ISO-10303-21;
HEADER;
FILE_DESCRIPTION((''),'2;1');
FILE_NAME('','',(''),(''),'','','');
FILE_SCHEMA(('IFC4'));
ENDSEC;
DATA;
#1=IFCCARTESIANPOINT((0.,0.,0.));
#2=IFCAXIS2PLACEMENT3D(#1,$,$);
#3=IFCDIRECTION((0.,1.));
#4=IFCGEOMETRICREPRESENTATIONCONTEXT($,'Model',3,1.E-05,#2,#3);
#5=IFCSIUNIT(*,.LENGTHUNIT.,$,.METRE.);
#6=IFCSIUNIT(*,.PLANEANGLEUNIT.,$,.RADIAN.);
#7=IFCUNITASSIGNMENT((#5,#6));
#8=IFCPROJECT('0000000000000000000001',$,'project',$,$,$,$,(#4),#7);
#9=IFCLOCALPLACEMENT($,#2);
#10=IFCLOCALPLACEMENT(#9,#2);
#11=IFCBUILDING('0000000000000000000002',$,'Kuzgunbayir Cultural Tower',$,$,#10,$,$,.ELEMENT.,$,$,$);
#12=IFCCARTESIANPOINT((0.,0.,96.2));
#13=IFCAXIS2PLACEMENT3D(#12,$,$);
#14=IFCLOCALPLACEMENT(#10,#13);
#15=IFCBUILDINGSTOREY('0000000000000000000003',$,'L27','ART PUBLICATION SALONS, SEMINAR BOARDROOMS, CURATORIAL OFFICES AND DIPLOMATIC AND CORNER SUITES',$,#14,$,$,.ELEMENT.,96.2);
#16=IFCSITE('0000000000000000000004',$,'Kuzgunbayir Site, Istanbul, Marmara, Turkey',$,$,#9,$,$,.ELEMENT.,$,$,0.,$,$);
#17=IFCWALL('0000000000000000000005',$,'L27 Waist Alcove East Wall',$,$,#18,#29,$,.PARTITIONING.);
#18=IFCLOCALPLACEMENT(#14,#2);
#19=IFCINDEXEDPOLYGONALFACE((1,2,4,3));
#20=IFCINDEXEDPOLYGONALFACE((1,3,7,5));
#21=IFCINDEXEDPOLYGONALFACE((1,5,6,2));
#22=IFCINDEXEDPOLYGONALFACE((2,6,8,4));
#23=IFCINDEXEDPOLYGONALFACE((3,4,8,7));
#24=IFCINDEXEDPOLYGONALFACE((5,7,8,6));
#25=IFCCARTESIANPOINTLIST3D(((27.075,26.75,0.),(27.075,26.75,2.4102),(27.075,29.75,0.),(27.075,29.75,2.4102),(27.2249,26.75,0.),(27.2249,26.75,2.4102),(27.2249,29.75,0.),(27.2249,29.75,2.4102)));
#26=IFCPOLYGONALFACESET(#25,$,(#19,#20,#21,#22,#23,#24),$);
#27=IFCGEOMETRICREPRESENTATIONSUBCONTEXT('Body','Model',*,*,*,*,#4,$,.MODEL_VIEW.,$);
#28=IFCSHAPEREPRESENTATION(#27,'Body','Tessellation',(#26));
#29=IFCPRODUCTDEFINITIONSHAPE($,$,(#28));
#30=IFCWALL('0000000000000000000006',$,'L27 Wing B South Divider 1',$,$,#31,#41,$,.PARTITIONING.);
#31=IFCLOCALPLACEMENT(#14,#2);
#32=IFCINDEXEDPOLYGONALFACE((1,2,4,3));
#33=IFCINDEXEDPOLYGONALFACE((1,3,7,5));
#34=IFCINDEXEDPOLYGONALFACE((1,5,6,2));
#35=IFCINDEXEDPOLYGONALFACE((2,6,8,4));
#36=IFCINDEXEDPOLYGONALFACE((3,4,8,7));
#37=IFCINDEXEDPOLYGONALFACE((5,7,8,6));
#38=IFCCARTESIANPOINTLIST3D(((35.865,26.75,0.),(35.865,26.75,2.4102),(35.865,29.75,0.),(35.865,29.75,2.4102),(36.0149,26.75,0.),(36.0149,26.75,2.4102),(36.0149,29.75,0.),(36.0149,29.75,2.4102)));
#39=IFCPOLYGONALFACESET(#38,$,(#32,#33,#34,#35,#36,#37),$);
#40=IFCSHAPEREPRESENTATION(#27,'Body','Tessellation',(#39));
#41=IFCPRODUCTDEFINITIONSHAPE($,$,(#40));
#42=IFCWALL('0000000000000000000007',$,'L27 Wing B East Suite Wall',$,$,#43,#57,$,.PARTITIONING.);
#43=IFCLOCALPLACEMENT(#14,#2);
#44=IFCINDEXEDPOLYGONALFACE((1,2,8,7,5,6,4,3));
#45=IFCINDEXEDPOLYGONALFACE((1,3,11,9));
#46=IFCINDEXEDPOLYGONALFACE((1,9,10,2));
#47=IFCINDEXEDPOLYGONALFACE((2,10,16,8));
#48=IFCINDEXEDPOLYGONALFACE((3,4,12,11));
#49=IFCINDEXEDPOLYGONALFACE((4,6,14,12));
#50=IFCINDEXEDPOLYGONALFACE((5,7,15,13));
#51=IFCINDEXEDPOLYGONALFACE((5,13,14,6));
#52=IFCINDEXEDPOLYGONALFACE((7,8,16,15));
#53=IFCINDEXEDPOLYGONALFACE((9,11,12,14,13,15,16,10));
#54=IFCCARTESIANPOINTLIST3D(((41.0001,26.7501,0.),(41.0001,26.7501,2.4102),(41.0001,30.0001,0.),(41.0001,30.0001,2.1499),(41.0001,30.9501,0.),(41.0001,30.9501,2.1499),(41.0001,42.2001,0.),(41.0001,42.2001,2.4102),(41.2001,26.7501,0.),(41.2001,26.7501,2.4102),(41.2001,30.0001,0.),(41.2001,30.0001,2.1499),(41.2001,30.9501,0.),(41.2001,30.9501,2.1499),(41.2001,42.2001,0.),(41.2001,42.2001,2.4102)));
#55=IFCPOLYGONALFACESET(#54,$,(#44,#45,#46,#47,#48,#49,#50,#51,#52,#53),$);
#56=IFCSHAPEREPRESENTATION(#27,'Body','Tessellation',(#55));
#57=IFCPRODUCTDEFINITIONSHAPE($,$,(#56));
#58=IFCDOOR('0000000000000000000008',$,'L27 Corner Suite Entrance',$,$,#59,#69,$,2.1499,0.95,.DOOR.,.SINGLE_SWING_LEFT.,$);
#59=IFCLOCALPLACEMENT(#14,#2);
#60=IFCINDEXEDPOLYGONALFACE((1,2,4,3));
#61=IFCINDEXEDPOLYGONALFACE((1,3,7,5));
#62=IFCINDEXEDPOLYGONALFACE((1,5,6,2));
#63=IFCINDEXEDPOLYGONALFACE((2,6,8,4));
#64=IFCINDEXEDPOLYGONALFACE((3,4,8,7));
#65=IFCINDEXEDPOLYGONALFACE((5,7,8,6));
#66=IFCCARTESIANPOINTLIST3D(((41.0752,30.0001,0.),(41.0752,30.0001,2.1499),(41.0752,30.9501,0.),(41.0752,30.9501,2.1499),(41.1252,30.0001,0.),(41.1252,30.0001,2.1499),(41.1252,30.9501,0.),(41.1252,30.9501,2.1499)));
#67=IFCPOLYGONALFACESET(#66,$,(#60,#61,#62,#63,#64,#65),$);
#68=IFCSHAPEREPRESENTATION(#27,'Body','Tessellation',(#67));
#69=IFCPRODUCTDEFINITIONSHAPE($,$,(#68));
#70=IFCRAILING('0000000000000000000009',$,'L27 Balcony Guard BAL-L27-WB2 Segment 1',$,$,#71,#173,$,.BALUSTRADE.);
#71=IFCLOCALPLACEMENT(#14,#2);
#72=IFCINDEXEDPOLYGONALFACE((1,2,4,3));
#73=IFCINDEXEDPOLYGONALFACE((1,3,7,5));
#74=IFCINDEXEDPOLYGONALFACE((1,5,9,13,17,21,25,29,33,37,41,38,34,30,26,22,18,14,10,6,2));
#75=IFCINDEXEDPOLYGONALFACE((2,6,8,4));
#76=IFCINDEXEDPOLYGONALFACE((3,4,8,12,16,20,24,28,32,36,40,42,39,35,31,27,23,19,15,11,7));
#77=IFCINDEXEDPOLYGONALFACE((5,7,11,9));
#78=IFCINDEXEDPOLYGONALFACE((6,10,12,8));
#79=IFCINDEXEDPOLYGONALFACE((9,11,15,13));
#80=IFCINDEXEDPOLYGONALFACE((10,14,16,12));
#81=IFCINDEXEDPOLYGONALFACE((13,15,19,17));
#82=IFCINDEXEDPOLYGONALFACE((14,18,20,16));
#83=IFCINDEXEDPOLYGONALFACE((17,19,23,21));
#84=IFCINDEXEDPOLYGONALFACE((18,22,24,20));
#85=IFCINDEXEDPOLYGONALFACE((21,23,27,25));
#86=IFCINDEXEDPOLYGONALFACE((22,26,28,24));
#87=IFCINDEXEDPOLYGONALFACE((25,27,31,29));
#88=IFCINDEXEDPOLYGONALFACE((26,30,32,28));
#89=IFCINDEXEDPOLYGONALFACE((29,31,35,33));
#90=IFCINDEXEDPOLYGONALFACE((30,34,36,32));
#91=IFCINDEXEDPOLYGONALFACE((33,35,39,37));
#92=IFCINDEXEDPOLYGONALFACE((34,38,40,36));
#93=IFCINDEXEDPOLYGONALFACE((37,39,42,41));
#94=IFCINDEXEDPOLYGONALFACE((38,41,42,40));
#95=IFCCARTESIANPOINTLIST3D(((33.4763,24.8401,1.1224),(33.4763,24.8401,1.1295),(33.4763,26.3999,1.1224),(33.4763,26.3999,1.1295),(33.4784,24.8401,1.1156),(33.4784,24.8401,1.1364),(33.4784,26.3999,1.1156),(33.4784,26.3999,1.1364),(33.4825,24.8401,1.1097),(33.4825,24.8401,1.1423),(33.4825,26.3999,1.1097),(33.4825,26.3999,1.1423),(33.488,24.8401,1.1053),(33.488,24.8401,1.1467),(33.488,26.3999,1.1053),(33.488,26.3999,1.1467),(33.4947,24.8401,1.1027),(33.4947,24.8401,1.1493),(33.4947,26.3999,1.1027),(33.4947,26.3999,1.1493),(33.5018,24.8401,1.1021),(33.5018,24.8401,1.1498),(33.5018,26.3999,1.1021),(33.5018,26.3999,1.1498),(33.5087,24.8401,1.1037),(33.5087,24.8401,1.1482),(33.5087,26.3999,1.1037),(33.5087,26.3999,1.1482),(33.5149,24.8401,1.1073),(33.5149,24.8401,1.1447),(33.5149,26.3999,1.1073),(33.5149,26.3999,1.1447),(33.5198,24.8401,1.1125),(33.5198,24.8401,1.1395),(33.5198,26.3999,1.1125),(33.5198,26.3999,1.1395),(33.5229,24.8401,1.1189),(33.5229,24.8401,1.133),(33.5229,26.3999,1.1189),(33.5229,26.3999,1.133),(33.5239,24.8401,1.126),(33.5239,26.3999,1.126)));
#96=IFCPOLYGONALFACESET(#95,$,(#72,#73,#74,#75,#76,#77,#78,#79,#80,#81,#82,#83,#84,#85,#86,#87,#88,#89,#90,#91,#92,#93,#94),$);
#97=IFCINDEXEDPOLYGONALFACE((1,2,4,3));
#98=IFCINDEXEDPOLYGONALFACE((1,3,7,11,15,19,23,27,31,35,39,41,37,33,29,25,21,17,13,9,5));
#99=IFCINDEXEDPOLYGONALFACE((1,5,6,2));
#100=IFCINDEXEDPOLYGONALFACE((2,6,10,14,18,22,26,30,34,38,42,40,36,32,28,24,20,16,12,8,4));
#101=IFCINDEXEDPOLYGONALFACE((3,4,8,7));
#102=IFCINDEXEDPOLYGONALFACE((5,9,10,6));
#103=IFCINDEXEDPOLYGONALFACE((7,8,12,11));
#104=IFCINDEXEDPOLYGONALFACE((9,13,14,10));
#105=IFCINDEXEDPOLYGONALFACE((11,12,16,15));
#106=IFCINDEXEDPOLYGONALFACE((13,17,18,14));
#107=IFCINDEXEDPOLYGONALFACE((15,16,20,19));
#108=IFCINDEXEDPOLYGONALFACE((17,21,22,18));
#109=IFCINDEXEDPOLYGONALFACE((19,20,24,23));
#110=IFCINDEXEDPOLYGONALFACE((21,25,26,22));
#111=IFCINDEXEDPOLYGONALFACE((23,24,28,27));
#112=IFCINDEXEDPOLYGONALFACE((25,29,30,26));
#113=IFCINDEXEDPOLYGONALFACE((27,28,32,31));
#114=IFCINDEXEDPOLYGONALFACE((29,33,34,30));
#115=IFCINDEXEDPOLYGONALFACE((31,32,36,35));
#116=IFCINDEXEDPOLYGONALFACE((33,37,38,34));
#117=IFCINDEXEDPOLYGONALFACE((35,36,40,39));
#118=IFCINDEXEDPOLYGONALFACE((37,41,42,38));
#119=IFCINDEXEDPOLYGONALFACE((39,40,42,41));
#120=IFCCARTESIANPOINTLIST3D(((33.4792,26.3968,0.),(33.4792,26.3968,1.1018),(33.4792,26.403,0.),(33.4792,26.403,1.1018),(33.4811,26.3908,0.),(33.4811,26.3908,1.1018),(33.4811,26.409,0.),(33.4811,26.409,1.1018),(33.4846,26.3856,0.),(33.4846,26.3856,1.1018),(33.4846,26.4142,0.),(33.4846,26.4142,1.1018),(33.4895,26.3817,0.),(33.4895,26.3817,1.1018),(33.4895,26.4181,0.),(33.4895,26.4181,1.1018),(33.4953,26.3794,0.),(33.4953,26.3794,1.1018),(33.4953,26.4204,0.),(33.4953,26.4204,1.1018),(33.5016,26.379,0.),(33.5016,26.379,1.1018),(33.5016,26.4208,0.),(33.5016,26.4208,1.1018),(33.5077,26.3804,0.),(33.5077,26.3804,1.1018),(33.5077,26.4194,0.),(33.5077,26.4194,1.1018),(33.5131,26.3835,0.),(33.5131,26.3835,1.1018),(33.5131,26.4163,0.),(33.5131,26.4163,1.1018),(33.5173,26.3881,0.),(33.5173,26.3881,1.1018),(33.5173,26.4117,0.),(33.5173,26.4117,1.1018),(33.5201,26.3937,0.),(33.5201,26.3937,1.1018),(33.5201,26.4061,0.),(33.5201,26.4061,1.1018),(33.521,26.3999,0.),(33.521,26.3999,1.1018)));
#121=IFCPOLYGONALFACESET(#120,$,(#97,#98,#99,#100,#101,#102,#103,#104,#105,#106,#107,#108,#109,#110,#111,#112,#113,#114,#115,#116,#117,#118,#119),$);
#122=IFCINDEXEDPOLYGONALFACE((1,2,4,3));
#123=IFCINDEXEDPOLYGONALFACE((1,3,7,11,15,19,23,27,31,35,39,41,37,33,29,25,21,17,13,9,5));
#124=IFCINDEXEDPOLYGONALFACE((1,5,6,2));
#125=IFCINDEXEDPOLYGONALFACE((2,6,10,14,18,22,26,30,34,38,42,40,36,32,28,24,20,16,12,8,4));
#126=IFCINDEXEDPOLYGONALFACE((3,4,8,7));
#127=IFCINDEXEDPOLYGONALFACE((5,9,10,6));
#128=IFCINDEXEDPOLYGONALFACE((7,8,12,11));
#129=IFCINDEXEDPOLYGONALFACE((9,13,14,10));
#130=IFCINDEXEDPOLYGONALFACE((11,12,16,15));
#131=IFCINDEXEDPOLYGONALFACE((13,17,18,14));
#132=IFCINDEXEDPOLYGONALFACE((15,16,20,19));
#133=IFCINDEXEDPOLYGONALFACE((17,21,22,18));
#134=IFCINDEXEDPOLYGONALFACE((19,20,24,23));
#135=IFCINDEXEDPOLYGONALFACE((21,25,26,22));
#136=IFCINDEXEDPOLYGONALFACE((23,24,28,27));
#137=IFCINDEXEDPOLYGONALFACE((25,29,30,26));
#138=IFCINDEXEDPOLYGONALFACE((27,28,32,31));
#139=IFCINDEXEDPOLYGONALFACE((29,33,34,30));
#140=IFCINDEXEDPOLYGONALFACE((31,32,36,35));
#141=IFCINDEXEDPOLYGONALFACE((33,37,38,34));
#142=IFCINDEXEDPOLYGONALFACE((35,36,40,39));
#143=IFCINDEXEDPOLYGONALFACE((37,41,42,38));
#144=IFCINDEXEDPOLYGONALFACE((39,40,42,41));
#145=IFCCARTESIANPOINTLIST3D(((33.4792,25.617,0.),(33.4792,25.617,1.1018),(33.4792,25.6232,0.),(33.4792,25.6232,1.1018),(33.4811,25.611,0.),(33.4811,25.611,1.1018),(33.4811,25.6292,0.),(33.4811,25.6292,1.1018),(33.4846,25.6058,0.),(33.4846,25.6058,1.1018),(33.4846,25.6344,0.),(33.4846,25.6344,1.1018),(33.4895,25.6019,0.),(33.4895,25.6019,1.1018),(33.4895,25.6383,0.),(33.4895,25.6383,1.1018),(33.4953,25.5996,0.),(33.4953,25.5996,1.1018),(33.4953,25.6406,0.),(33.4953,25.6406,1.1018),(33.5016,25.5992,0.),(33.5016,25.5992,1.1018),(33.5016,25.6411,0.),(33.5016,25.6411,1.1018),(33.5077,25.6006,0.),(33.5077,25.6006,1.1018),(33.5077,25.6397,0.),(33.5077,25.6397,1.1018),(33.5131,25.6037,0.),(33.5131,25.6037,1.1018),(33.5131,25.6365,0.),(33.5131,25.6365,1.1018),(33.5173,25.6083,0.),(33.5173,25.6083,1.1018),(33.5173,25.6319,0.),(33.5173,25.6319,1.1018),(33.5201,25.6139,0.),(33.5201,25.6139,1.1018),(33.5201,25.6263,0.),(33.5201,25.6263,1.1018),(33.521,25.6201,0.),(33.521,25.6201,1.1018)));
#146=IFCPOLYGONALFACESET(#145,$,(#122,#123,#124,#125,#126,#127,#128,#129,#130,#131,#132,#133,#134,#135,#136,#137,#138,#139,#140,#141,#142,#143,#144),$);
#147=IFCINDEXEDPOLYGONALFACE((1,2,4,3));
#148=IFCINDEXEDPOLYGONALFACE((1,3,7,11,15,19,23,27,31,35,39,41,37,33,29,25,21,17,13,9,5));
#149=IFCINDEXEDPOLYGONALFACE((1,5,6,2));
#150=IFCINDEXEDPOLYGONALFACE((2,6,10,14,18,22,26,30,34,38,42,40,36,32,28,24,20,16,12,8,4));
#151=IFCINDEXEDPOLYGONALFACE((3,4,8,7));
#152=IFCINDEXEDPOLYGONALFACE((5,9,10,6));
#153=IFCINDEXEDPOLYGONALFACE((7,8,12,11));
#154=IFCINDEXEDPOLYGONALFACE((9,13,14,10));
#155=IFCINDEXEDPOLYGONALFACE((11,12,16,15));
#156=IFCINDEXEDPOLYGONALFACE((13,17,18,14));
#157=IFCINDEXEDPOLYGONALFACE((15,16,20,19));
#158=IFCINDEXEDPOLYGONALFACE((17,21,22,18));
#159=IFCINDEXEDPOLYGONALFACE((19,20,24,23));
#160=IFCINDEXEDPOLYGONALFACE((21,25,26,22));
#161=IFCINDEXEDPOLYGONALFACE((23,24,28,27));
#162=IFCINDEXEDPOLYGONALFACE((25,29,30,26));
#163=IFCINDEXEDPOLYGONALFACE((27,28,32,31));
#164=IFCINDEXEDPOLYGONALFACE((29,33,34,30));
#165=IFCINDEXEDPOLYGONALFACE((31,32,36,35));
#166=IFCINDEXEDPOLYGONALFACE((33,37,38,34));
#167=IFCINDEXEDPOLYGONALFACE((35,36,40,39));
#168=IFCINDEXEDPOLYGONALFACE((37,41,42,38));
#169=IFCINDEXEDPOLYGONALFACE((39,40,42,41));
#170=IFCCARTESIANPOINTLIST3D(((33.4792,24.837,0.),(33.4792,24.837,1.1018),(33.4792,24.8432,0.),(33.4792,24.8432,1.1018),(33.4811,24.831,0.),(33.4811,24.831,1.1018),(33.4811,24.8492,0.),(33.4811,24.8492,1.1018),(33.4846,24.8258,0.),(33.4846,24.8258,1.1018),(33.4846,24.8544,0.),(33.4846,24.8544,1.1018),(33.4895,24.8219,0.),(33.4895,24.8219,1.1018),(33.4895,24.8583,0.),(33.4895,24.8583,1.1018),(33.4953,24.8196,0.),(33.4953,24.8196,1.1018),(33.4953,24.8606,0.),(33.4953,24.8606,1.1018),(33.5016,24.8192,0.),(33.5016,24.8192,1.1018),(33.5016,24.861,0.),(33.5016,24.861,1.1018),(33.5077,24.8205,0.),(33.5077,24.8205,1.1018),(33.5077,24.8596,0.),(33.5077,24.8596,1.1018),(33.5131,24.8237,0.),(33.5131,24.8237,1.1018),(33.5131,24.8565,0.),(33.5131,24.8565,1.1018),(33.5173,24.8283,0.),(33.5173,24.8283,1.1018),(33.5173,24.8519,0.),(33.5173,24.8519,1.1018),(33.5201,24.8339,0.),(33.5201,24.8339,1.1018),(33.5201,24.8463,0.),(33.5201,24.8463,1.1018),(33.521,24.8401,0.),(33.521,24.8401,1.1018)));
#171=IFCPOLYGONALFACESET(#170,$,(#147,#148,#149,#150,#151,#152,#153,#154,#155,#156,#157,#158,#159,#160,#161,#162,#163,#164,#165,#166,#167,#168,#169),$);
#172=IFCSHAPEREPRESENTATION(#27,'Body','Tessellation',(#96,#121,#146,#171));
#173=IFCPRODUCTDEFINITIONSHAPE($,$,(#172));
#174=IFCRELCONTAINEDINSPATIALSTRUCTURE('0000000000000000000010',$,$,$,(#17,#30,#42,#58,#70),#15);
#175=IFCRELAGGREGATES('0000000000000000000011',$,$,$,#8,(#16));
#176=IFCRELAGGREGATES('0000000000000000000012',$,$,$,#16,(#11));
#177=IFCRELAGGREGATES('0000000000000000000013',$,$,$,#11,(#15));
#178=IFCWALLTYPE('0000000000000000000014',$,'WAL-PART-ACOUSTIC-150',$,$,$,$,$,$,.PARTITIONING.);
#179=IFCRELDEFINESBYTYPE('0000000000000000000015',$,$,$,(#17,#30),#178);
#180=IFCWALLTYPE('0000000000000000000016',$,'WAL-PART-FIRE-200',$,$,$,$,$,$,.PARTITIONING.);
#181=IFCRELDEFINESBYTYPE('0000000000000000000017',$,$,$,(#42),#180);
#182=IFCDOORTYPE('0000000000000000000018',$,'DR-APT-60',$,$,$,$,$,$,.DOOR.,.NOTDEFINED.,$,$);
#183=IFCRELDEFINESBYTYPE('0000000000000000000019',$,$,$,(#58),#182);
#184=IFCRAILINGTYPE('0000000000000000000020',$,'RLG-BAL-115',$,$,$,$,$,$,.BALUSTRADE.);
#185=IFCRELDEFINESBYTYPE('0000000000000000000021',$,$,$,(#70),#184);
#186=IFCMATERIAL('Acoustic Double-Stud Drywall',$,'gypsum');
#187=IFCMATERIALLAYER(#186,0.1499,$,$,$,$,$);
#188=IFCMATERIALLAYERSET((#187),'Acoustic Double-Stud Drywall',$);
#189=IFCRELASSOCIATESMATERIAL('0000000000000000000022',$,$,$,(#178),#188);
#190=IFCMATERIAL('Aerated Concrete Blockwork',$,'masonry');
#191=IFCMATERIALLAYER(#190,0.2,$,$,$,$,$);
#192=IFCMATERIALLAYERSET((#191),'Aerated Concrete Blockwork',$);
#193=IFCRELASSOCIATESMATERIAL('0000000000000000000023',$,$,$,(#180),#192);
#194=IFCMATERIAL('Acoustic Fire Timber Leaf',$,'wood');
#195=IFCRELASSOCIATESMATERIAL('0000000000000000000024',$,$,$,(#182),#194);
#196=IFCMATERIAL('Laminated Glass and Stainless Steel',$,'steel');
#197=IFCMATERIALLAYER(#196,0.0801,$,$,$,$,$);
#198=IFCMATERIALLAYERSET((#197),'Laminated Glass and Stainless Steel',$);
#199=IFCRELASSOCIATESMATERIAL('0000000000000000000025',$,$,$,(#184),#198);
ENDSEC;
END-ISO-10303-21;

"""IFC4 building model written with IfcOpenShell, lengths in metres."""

from ifc_helpers import new_model, si_unit, direction, frame, frame_2d, origin, origin_2d, place, context, subcontext, project, spatial, rectangle, circle, extrude, material, layer, layer_set, type_object, element, fill, save


model = new_model("IFC4")

# Units and contexts
model_context = context("Model", 3, precision=1e-05, world=origin(), true_north=direction((0.0, 1.0)))
body_context = subcontext(model_context, "Body", "Model", "MODEL_VIEW")
ifc_project = project(units=[si_unit("LENGTHUNIT", "METRE"), si_unit("PLANEANGLEUNIT", "RADIAN")], contexts=[model_context])

# Site, building, storey
site_placement = place(None, origin())
site = spatial("IfcSite", under=ifc_project, at=site_placement, Name="Kuzgunbayir Site, Istanbul, Marmara, Turkey", CompositionType="ELEMENT", RefElevation=0.0)
building_placement = place(site_placement, origin())
building = spatial("IfcBuilding", under=site, at=building_placement, Name="Kuzgunbayir Cultural Tower", CompositionType="ELEMENT")
storey_placement = place(building_placement, frame((0.0, 0.0, 96.2)))
storey = spatial("IfcBuildingStorey", under=building, at=storey_placement, Name="L27", Description="ART PUBLICATION SALONS, SEMINAR BOARDROOMS, CURATORIAL OFFICES AND DIPLOMATIC AND CORNER SUITES", CompositionType="ELEMENT", Elevation=96.2)

# Walls
ifc_material_1 = material(Name="Acoustic Double-Stud Drywall", Category="gypsum")
ifc_layer_1 = layer(ifc_material_1, 0.1499)
ifc_layer_set_1 = layer_set([ifc_layer_1], Name="Acoustic Double-Stud Drywall")
wall_type_1 = type_object("IfcWallType", Name="WAL-PART-ACOUSTIC-150", PredefinedType="PARTITIONING", material=ifc_layer_set_1)
for number, where, z_axis, x_axis, name in (
    (1, (27.1499, 26.75, 0.0), (0.0, 0.0, 1.0), (0.0, 1.0, 0.0), "L27 Waist Alcove East Wall"),
    (2, (35.9399, 26.75, 0.0), (0.0, 0.0, 1.0), (0.0, 1.0, 0.0), "L27 Wing B South Divider 1"),
):
    element("IfcWall", number, at=place(storey_placement, frame(where, z_axis=z_axis, x_axis=x_axis)), inside=storey, type_object=wall_type_1, Name=name, PredefinedType="PARTITIONING", context=body_context, shape_type="SweptSolid", body=[
        extrude(rectangle(XDim=3.0, YDim=0.1499, at=frame_2d((1.5, 0.0))), origin(), (0.0, 0.0, 1.0), 2.4102),
    ])

# Wall, opening, door
ifc_material_2 = material(Name="Aerated Concrete Blockwork", Category="masonry")
ifc_layer_2 = layer(ifc_material_2, 0.2)
ifc_layer_set_2 = layer_set([ifc_layer_2], Name="Aerated Concrete Blockwork")
wall_type_2 = type_object("IfcWallType", Name="WAL-PART-FIRE-200", PredefinedType="PARTITIONING", material=ifc_layer_set_2)
wall_placement = place(storey_placement, frame((41.1001, 26.75, 0.0), z_axis=(0.0, 0.0, 1.0), x_axis=(0.0, 1.0, 0.0)))
wall = element("IfcWall", 3, at=wall_placement, inside=storey, type_object=wall_type_2, Name="L27 Wing B East Suite Wall", PredefinedType="PARTITIONING", context=body_context, shape_type="SweptSolid", body=[
    extrude(rectangle(XDim=15.45, YDim=0.2, at=frame_2d((7.7251, 0.0))), origin(), (0.0, 0.0, 1.0), 2.4102),
])
opening_placement = place(wall_placement, frame((3.25, 0.0, 0.0)))
opening = element("IfcOpeningElement", 4, at=opening_placement, cuts=wall, PredefinedType="OPENING", context=body_context, shape_type="SweptSolid", body=[
    extrude(rectangle(XDim=0.95, YDim=2.1499, at=frame_2d((0.4751, 1.075))), frame((0.0, 0.1099, 0.0), z_axis=(0.0, -1.0, 0.0), x_axis=(1.0, 0.0, 0.0)), (0.0, 0.0, 1.0), 0.22),
])
ifc_material_3 = material(Name="Acoustic Fire Timber Leaf", Category="wood")
door_type = type_object("IfcDoorType", Name="DR-APT-60", OperationType="NOTDEFINED", PredefinedType="DOOR", material=ifc_material_3)
door_placement = place(opening_placement, origin())
door = element("IfcDoor", 5, at=door_placement, inside=storey, type_object=door_type, Name="L27 Corner Suite Entrance", OperationType="SINGLE_SWING_LEFT", OverallHeight=2.1499, OverallWidth=0.95, PredefinedType="DOOR", context=body_context, shape_type="SweptSolid", body=[
    extrude(rectangle(XDim=0.95, YDim=2.1499, at=frame_2d((0.4751, 1.075))), frame((0.0, 0.0249, 0.0), z_axis=(0.0, -1.0, 0.0), x_axis=(1.0, 0.0, 0.0)), (0.0, 0.0, 1.0), 0.05),
])
fill(opening, door)

# Railing
ifc_material_4 = material(Name="Laminated Glass and Stainless Steel", Category="steel")
ifc_layer_3 = layer(ifc_material_4, 0.0801)
ifc_layer_set_3 = layer_set([ifc_layer_3], Name="Laminated Glass and Stainless Steel")
railing_type = type_object("IfcRailingType", Name="RLG-BAL-115", PredefinedType="BALUSTRADE", material=ifc_layer_set_3)
railing_1_placement = place(storey_placement, frame((33.5, 26.3999, 0.0)))
element("IfcRailing", 6, at=railing_1_placement, inside=storey, type_object=railing_type, Name="L27 Balcony Guard BAL-L27-WB2 Segment 1", PredefinedType="BALUSTRADE", context=body_context, shape_type="SweptSolid", body=[
    extrude(circle(Radius=0.0239, at=origin_2d()), frame((0.0, 0.0, 1.126), z_axis=(0.0, -1.0, 0.0), x_axis=(1.0, 0.0, 0.0)), (0.0, 0.0, 1.0), 1.5598),
    extrude(circle(Radius=0.021, at=origin_2d()), origin(), (0.0, 0.0, 1.0), 1.1018),
    extrude(circle(Radius=0.021, at=origin_2d()), frame((0.0, -0.7798, 0.0)), (0.0, 0.0, 1.0), 1.1018),
    extrude(circle(Radius=0.021, at=origin_2d()), frame((0.0, -1.5598, 0.0)), (0.0, 0.0, 1.0), 1.1018),
])

save(model, "model.ifc")
